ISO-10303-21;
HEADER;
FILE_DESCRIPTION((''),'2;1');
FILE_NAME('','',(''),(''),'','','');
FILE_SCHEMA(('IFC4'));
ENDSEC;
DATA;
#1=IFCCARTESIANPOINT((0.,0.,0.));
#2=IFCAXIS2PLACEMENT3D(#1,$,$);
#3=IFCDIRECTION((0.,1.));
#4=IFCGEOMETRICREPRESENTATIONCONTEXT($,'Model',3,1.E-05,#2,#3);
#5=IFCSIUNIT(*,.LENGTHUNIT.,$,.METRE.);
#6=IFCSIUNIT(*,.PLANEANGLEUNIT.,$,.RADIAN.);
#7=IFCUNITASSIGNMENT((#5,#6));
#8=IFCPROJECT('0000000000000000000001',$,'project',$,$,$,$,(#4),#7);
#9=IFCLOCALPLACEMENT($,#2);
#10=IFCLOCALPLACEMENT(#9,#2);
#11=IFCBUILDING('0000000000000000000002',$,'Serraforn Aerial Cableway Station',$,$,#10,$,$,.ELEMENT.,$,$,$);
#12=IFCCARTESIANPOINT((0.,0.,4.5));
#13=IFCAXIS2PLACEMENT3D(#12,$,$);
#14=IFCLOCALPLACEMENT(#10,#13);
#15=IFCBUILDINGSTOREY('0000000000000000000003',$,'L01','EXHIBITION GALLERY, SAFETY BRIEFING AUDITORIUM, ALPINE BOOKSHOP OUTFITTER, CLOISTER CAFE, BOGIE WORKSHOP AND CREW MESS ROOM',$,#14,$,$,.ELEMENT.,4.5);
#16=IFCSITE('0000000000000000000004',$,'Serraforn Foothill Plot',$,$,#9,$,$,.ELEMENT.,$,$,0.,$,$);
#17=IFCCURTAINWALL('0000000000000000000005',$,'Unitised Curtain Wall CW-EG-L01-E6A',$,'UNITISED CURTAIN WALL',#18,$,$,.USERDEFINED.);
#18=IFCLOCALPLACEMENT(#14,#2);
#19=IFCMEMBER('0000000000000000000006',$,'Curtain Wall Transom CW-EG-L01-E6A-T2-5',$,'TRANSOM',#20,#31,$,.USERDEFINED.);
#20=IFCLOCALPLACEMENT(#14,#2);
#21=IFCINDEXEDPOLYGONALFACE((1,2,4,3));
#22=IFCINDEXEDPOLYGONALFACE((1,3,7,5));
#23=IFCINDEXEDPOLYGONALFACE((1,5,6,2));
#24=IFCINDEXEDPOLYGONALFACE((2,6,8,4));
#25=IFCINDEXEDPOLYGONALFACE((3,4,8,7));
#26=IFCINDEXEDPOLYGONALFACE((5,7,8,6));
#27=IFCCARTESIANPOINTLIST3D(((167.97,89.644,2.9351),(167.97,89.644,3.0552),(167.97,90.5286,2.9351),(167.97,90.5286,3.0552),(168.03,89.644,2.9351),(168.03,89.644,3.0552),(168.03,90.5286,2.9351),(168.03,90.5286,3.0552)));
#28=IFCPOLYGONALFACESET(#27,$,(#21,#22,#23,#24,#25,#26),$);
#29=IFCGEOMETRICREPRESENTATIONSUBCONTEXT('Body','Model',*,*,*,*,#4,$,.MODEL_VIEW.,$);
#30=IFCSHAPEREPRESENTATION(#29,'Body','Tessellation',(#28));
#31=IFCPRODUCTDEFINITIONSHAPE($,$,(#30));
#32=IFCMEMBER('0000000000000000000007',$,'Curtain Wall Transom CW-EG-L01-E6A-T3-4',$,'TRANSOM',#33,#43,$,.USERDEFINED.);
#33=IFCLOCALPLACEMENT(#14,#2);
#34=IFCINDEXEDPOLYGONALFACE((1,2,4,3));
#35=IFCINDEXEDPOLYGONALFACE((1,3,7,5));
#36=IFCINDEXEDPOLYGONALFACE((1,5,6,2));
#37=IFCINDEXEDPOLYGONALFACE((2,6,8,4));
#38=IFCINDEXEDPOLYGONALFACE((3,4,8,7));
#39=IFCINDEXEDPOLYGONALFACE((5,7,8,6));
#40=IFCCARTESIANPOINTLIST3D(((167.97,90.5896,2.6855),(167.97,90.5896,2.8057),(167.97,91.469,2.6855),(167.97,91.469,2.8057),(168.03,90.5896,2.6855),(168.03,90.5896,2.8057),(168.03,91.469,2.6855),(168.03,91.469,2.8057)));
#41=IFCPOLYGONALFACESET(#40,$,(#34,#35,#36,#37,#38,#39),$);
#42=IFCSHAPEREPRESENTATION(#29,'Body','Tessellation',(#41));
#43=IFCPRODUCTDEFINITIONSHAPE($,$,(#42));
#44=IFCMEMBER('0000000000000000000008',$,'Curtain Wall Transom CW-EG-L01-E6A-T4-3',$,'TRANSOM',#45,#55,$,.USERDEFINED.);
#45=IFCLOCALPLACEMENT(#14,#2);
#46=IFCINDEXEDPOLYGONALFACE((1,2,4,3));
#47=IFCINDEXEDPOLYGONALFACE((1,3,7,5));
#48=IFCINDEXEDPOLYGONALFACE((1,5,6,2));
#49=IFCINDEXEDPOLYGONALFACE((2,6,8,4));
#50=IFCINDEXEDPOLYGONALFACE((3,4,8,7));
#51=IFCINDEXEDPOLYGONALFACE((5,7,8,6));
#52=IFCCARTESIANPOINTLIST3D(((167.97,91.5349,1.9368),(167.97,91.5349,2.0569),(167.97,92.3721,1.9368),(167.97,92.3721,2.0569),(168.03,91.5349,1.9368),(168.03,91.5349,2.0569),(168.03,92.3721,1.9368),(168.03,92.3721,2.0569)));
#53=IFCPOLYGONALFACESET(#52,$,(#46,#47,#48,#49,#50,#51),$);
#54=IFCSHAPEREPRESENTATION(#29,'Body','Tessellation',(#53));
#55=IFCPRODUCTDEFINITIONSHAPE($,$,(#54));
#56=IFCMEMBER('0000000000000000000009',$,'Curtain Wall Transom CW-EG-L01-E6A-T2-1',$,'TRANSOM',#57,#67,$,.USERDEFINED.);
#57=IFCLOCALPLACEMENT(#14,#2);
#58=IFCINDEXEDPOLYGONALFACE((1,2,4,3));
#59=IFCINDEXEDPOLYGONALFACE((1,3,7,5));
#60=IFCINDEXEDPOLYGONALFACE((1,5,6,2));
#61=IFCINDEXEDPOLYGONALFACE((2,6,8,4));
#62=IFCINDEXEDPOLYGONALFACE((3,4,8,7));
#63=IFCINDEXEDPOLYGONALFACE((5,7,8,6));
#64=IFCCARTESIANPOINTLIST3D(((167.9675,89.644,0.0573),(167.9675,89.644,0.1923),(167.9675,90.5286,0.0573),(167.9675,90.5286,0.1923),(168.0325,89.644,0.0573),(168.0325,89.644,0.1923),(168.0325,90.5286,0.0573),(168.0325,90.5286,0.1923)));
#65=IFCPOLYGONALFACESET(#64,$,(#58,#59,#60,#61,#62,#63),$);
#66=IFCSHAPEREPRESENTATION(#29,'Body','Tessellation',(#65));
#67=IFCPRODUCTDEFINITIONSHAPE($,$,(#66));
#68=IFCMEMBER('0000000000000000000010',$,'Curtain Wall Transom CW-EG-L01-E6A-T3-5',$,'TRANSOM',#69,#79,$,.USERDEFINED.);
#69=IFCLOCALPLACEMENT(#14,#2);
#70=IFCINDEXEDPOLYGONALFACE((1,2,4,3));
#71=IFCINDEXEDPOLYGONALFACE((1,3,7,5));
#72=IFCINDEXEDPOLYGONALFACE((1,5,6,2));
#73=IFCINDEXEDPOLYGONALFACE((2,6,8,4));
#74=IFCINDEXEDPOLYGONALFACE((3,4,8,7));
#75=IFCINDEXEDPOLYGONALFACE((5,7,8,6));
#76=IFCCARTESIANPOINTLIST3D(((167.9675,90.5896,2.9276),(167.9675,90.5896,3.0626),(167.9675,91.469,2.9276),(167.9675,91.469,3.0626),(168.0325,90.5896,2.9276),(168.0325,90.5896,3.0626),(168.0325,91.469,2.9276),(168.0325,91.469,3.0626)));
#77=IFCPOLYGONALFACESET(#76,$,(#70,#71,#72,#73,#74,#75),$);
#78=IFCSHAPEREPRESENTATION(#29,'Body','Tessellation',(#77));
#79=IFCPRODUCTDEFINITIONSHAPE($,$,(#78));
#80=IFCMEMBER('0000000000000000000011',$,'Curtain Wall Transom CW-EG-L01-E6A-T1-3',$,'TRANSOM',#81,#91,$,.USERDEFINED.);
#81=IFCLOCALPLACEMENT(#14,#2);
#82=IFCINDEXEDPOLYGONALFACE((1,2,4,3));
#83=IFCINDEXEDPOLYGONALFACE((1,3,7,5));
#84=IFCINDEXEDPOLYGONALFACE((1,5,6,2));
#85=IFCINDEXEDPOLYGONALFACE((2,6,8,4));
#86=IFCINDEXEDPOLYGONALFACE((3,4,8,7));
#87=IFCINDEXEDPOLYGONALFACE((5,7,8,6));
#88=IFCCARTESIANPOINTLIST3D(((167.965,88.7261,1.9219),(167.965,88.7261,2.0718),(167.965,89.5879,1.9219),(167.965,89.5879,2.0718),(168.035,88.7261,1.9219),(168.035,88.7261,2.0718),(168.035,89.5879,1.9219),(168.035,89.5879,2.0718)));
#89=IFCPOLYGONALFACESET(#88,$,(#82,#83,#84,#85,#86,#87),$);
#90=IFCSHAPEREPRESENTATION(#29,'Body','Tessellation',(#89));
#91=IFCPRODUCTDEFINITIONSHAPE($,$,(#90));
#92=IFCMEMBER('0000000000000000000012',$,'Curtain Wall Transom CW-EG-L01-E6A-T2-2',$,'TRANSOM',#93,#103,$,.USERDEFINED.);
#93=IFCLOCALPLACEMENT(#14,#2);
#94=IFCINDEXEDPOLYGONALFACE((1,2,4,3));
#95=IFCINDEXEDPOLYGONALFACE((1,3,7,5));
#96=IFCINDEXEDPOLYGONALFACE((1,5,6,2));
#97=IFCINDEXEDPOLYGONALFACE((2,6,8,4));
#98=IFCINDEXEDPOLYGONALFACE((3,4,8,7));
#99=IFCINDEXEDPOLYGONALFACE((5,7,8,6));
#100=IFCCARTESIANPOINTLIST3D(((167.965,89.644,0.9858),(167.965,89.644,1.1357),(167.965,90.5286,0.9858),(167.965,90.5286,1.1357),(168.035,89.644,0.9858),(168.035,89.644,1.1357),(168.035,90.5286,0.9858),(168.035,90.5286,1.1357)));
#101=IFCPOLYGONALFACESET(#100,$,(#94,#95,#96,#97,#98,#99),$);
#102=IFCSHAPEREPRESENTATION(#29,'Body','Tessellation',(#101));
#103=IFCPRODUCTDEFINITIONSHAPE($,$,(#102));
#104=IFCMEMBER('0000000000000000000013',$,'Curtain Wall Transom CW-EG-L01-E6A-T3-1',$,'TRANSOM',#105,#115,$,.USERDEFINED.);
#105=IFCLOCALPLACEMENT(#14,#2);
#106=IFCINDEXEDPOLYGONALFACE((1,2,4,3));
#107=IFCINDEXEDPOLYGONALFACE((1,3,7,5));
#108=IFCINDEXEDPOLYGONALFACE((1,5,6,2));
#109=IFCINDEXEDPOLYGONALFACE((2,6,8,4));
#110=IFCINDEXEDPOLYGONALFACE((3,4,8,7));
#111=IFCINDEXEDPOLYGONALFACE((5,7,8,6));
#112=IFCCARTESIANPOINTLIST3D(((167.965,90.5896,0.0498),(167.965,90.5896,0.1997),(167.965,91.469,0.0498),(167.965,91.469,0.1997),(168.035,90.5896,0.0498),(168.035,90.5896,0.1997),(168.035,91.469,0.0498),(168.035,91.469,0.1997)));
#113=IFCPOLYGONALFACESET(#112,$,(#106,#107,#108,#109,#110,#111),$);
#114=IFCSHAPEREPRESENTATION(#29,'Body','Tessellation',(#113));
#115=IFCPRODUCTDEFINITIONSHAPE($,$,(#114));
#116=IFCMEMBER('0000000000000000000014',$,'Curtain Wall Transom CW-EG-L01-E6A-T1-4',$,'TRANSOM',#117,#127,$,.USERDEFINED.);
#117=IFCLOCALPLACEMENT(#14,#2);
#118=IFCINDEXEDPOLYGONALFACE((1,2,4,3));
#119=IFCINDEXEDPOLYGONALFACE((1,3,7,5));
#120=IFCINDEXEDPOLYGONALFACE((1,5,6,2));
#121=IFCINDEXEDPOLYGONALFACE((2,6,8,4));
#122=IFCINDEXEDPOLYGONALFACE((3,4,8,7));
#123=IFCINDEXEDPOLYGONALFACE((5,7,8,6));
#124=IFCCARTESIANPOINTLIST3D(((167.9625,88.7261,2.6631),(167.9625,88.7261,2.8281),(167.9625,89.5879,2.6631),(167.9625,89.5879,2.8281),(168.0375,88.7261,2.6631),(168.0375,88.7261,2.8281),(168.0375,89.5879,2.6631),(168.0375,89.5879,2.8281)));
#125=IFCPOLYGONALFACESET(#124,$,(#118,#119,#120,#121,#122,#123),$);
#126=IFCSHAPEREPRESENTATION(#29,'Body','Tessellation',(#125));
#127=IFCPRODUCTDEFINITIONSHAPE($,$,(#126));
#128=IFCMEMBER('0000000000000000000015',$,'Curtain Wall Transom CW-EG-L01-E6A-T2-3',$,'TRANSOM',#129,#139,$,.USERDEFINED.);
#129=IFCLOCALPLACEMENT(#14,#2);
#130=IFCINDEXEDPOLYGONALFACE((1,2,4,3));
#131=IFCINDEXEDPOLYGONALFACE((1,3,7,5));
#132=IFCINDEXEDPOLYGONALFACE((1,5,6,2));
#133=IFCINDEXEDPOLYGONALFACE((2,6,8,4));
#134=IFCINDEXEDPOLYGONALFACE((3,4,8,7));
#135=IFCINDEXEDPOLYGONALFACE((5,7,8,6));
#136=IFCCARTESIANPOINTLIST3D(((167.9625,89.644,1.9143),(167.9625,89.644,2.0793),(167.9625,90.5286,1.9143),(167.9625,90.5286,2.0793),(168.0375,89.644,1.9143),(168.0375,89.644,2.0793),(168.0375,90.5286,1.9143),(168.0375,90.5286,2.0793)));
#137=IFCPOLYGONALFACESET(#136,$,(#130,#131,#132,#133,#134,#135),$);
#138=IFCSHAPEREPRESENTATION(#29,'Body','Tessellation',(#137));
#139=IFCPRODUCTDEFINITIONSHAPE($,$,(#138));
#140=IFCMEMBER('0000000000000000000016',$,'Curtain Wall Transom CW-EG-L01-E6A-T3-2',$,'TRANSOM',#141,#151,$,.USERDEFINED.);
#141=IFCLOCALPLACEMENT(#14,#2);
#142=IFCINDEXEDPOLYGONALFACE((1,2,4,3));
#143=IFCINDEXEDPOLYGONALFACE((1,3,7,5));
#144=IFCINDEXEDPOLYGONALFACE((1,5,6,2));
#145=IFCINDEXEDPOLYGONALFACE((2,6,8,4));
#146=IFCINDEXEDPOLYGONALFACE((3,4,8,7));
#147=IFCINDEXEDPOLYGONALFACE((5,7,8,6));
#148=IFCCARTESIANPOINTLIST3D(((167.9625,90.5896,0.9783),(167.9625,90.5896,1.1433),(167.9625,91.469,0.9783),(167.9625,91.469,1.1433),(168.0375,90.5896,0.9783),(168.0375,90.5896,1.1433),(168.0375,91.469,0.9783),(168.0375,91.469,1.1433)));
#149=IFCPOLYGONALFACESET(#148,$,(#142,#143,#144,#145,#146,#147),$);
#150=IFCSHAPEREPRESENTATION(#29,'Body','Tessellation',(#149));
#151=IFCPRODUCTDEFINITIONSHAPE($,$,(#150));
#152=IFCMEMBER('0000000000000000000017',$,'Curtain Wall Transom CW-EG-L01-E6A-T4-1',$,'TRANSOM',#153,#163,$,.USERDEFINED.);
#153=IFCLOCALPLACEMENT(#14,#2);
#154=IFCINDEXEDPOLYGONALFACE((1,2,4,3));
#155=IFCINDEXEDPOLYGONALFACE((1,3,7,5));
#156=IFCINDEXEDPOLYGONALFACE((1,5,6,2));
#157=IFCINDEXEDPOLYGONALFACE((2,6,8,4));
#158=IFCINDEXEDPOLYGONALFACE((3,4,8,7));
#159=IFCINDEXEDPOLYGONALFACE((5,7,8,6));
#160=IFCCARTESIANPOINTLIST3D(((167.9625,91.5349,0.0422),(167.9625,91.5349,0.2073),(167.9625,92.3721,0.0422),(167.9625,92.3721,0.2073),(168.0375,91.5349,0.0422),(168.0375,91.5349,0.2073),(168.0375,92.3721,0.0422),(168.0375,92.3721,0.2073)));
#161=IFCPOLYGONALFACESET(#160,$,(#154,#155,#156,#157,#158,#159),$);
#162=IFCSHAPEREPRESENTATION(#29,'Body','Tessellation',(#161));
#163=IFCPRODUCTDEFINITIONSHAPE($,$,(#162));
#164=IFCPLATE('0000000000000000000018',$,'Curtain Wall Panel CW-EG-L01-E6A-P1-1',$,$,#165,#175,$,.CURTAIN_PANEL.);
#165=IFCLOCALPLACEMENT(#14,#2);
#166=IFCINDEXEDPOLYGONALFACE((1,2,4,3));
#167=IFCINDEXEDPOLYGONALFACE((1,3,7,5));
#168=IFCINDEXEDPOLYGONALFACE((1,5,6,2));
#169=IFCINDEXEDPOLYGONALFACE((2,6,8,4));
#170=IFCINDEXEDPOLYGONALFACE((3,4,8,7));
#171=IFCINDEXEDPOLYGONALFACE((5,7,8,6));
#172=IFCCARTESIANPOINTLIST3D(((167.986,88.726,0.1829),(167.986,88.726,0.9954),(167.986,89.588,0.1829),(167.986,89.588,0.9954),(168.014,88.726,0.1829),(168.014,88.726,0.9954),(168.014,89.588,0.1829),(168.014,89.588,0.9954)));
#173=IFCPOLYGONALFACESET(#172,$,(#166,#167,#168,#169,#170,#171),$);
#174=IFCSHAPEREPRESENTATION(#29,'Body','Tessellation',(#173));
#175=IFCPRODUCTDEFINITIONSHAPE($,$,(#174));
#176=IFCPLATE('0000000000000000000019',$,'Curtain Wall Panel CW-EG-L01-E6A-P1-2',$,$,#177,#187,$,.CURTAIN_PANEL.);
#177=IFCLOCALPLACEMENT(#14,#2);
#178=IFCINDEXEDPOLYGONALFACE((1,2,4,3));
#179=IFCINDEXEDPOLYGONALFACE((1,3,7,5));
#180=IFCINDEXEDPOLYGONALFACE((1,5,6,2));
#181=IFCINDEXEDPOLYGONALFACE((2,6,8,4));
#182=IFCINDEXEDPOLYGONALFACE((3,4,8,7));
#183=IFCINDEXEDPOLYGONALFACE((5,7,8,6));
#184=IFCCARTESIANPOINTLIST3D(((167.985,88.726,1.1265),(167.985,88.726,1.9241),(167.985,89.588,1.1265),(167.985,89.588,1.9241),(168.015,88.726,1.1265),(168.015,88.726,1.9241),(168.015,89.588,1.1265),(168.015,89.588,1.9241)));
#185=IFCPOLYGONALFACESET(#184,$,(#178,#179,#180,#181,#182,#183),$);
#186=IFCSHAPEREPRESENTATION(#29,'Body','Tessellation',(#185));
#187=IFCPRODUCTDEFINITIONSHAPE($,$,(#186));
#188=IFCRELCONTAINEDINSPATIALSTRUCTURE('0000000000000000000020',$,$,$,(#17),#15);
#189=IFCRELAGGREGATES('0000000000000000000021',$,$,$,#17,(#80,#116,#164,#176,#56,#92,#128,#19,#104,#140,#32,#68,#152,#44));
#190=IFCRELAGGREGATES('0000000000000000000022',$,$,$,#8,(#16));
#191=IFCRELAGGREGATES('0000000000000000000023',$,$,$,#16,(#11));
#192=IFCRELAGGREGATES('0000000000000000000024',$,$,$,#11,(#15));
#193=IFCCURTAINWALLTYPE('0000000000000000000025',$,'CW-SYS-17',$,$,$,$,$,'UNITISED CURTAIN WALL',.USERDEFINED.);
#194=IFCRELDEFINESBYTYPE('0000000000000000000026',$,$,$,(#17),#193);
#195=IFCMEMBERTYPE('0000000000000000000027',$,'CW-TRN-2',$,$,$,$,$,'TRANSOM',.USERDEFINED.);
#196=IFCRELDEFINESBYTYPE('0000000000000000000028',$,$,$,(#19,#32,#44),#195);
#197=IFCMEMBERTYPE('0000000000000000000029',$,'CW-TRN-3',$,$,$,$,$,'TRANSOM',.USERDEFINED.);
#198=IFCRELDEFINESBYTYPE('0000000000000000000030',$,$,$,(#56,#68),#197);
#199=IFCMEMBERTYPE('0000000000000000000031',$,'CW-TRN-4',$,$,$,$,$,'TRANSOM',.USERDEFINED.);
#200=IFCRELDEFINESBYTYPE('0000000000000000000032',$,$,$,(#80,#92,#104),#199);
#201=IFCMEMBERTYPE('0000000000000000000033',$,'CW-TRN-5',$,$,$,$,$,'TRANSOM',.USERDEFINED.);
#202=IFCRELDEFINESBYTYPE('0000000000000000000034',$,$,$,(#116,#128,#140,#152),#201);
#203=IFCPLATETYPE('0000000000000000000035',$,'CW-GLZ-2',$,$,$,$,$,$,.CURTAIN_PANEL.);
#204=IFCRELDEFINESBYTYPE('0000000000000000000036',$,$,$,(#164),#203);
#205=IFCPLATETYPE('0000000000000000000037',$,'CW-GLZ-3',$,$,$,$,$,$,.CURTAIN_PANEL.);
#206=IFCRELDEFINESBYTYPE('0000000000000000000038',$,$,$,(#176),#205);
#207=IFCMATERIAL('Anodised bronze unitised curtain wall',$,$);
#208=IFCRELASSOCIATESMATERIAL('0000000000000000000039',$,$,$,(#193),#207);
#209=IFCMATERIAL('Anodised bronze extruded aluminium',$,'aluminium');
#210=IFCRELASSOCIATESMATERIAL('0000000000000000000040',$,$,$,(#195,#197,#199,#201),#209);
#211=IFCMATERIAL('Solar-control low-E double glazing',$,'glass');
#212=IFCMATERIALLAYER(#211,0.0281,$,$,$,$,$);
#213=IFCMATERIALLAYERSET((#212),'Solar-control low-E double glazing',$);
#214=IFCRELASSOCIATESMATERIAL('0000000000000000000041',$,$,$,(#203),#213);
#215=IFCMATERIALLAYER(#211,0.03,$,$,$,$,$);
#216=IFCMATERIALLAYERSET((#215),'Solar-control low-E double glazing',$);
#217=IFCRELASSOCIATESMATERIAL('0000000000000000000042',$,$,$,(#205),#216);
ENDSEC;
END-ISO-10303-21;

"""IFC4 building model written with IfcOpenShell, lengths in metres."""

from ifc_helpers import new_model, si_unit, direction, frame, origin, origin_2d, place, context, subcontext, project, spatial, rectangle, extrude, material, layer, layer_set, material_profile, profile_set, type_object, element, aggregate, save


model = new_model("IFC4")

# Units and contexts
model_context = context("Model", 3, precision=1e-05, world=origin(), true_north=direction((0.0, 1.0)))
body_context = subcontext(model_context, "Body", "Model", "MODEL_VIEW")
ifc_project = project(units=[si_unit("LENGTHUNIT", "METRE"), si_unit("PLANEANGLEUNIT", "RADIAN")], contexts=[model_context])

# Site, building, storey
site_placement = place(None, origin())
site = spatial("IfcSite", under=ifc_project, at=site_placement, Name="Serraforn Foothill Plot", CompositionType="ELEMENT", RefElevation=0.0)
building_placement = place(site_placement, origin())
building = spatial("IfcBuilding", under=site, at=building_placement, Name="Serraforn Aerial Cableway Station", CompositionType="ELEMENT")
storey_placement = place(building_placement, frame((0.0, 0.0, 4.5)))
storey = spatial("IfcBuildingStorey", under=building, at=storey_placement, Name="L01", Description="EXHIBITION GALLERY, SAFETY BRIEFING AUDITORIUM, ALPINE BOOKSHOP OUTFITTER, CLOISTER CAFE, BOGIE WORKSHOP AND CREW MESS ROOM", CompositionType="ELEMENT", Elevation=4.5)

# Curtain wall, members, plates
ifc_material_1 = material(Name="Anodised bronze unitised curtain wall")
curtain_wall_type = type_object("IfcCurtainWallType", Name="CW-SYS-17", ElementType="UNITISED CURTAIN WALL", PredefinedType="USERDEFINED", material=ifc_material_1)
curtain_wall_placement = place(storey_placement, origin())
curtain_wall = element("IfcCurtainWall", 1, at=curtain_wall_placement, inside=storey, type_object=curtain_wall_type, Name="Unitised Curtain Wall CW-EG-L01-E6A", ObjectType="UNITISED CURTAIN WALL", PredefinedType="USERDEFINED")
ifc_material_2 = material(Name="Anodised bronze extruded aluminium", Category="aluminium")
ifc_material_profile_1 = material_profile(ifc_material_2, rectangle(XDim=0.0601, YDim=0.1201, at=origin_2d()), Name="CW TRANSOM 60x120")
ifc_profile_set_1 = profile_set([ifc_material_profile_1], Name="Anodised bronze extruded aluminium")
member_type_1 = type_object("IfcMemberType", Name="CW-TRN-2", ElementType="TRANSOM", PredefinedType="USERDEFINED", material=ifc_profile_set_1)
member_1_placement = place(storey_placement, frame((168.0, 89.644, 2.9951), z_axis=(0.0, 1.0, 0.0), x_axis=(-1.0, 0.0, 0.0)))
member_1 = element("IfcMember", 2, at=member_1_placement, type_object=member_type_1, Name="Curtain Wall Transom CW-EG-L01-E6A-T2-5", ObjectType="TRANSOM", PredefinedType="USERDEFINED", context=body_context, shape_type="SweptSolid", body=[
    extrude(rectangle(XDim=0.0601, YDim=0.1201, at=origin_2d()), origin(), (0.0, 0.0, 1.0), 0.8845),
])
member_2_placement = place(storey_placement, frame((168.0, 90.5896, 2.7456), z_axis=(0.0, 1.0, 0.0), x_axis=(-1.0, 0.0, 0.0)))
member_2 = element("IfcMember", 3, at=member_2_placement, type_object=member_type_1, Name="Curtain Wall Transom CW-EG-L01-E6A-T3-4", ObjectType="TRANSOM", PredefinedType="USERDEFINED", context=body_context, shape_type="SweptSolid", body=[
    extrude(rectangle(XDim=0.0601, YDim=0.1201, at=origin_2d()), origin(), (0.0, 0.0, 1.0), 0.8794),
])
member_3_placement = place(storey_placement, frame((168.0, 91.5349, 1.9968), z_axis=(0.0, 1.0, 0.0), x_axis=(-1.0, 0.0, 0.0)))
member_3 = element("IfcMember", 4, at=member_3_placement, type_object=member_type_1, Name="Curtain Wall Transom CW-EG-L01-E6A-T4-3", ObjectType="TRANSOM", PredefinedType="USERDEFINED", context=body_context, shape_type="SweptSolid", body=[
    extrude(rectangle(XDim=0.0601, YDim=0.1201, at=origin_2d()), origin(), (0.0, 0.0, 1.0), 0.8372),
])
ifc_material_profile_2 = material_profile(ifc_material_2, rectangle(XDim=0.0649, YDim=0.135, at=origin_2d()), Name="CW TRANSOM 65x135")
ifc_profile_set_2 = profile_set([ifc_material_profile_2], Name="Anodised bronze extruded aluminium")
member_type_2 = type_object("IfcMemberType", Name="CW-TRN-3", ElementType="TRANSOM", PredefinedType="USERDEFINED", material=ifc_profile_set_2)
member_4_placement = place(storey_placement, frame((168.0, 89.644, 0.1248), z_axis=(0.0, 1.0, 0.0), x_axis=(-1.0, 0.0, 0.0)))
member_4 = element("IfcMember", 5, at=member_4_placement, type_object=member_type_2, Name="Curtain Wall Transom CW-EG-L01-E6A-T2-1", ObjectType="TRANSOM", PredefinedType="USERDEFINED", context=body_context, shape_type="SweptSolid", body=[
    extrude(rectangle(XDim=0.0649, YDim=0.135, at=origin_2d()), origin(), (0.0, 0.0, 1.0), 0.8845),
])
member_5_placement = place(storey_placement, frame((168.0, 90.5896, 2.9951), z_axis=(0.0, 1.0, 0.0), x_axis=(-1.0, 0.0, 0.0)))
member_5 = element("IfcMember", 6, at=member_5_placement, type_object=member_type_2, Name="Curtain Wall Transom CW-EG-L01-E6A-T3-5", ObjectType="TRANSOM", PredefinedType="USERDEFINED", context=body_context, shape_type="SweptSolid", body=[
    extrude(rectangle(XDim=0.0649, YDim=0.135, at=origin_2d()), origin(), (0.0, 0.0, 1.0), 0.8794),
])
ifc_material_profile_3 = material_profile(ifc_material_2, rectangle(XDim=0.0701, YDim=0.1499, at=origin_2d()), Name="CW TRANSOM 70x150")
ifc_profile_set_3 = profile_set([ifc_material_profile_3], Name="Anodised bronze extruded aluminium")
member_type_3 = type_object("IfcMemberType", Name="CW-TRN-4", ElementType="TRANSOM", PredefinedType="USERDEFINED", material=ifc_profile_set_3)
member_6_placement = place(storey_placement, frame((168.0, 88.7261, 1.9968), z_axis=(0.0, 1.0, 0.0), x_axis=(-1.0, 0.0, 0.0)))
member_6 = element("IfcMember", 7, at=member_6_placement, type_object=member_type_3, Name="Curtain Wall Transom CW-EG-L01-E6A-T1-3", ObjectType="TRANSOM", PredefinedType="USERDEFINED", context=body_context, shape_type="SweptSolid", body=[
    extrude(rectangle(XDim=0.0701, YDim=0.1499, at=origin_2d()), origin(), (0.0, 0.0, 1.0), 0.8618),
])
member_7_placement = place(storey_placement, frame((168.0, 89.644, 1.0608), z_axis=(0.0, 1.0, 0.0), x_axis=(-1.0, 0.0, 0.0)))
member_7 = element("IfcMember", 8, at=member_7_placement, type_object=member_type_3, Name="Curtain Wall Transom CW-EG-L01-E6A-T2-2", ObjectType="TRANSOM", PredefinedType="USERDEFINED", context=body_context, shape_type="SweptSolid", body=[
    extrude(rectangle(XDim=0.0701, YDim=0.1499, at=origin_2d()), origin(), (0.0, 0.0, 1.0), 0.8845),
])
member_8_placement = place(storey_placement, frame((168.0, 90.5896, 0.1248), z_axis=(0.0, 1.0, 0.0), x_axis=(-1.0, 0.0, 0.0)))
member_8 = element("IfcMember", 9, at=member_8_placement, type_object=member_type_3, Name="Curtain Wall Transom CW-EG-L01-E6A-T3-1", ObjectType="TRANSOM", PredefinedType="USERDEFINED", context=body_context, shape_type="SweptSolid", body=[
    extrude(rectangle(XDim=0.0701, YDim=0.1499, at=origin_2d()), origin(), (0.0, 0.0, 1.0), 0.8794),
])
ifc_material_profile_4 = material_profile(ifc_material_2, rectangle(XDim=0.075, YDim=0.165, at=origin_2d()), Name="CW TRANSOM 75x165")
ifc_profile_set_4 = profile_set([ifc_material_profile_4], Name="Anodised bronze extruded aluminium")
member_type_4 = type_object("IfcMemberType", Name="CW-TRN-5", ElementType="TRANSOM", PredefinedType="USERDEFINED", material=ifc_profile_set_4)
member_9_placement = place(storey_placement, frame((168.0, 88.7261, 2.7456), z_axis=(0.0, 1.0, 0.0), x_axis=(-1.0, 0.0, 0.0)))
member_9 = element("IfcMember", 10, at=member_9_placement, type_object=member_type_4, Name="Curtain Wall Transom CW-EG-L01-E6A-T1-4", ObjectType="TRANSOM", PredefinedType="USERDEFINED", context=body_context, shape_type="SweptSolid", body=[
    extrude(rectangle(XDim=0.075, YDim=0.165, at=origin_2d()), origin(), (0.0, 0.0, 1.0), 0.8618),
])
member_10_placement = place(storey_placement, frame((168.0, 89.644, 1.9968), z_axis=(0.0, 1.0, 0.0), x_axis=(-1.0, 0.0, 0.0)))
member_10 = element("IfcMember", 11, at=member_10_placement, type_object=member_type_4, Name="Curtain Wall Transom CW-EG-L01-E6A-T2-3", ObjectType="TRANSOM", PredefinedType="USERDEFINED", context=body_context, shape_type="SweptSolid", body=[
    extrude(rectangle(XDim=0.075, YDim=0.165, at=origin_2d()), origin(), (0.0, 0.0, 1.0), 0.8845),
])
member_11_placement = place(storey_placement, frame((168.0, 90.5896, 1.0608), z_axis=(0.0, 1.0, 0.0), x_axis=(-1.0, 0.0, 0.0)))
member_11 = element("IfcMember", 12, at=member_11_placement, type_object=member_type_4, Name="Curtain Wall Transom CW-EG-L01-E6A-T3-2", ObjectType="TRANSOM", PredefinedType="USERDEFINED", context=body_context, shape_type="SweptSolid", body=[
    extrude(rectangle(XDim=0.075, YDim=0.165, at=origin_2d()), origin(), (0.0, 0.0, 1.0), 0.8794),
])
member_12_placement = place(storey_placement, frame((168.0, 91.5349, 0.1248), z_axis=(0.0, 1.0, 0.0), x_axis=(-1.0, 0.0, 0.0)))
member_12 = element("IfcMember", 13, at=member_12_placement, type_object=member_type_4, Name="Curtain Wall Transom CW-EG-L01-E6A-T4-1", ObjectType="TRANSOM", PredefinedType="USERDEFINED", context=body_context, shape_type="SweptSolid", body=[
    extrude(rectangle(XDim=0.075, YDim=0.165, at=origin_2d()), origin(), (0.0, 0.0, 1.0), 0.8372),
])
ifc_material_3 = material(Name="Solar-control low-E double glazing", Category="glass")
ifc_layer_1 = layer(ifc_material_3, 0.0281)
ifc_layer_set_1 = layer_set([ifc_layer_1], Name="Solar-control low-E double glazing")
plate_type_1 = type_object("IfcPlateType", Name="CW-GLZ-2", PredefinedType="CURTAIN_PANEL", material=ifc_layer_set_1)
plate_1_placement = place(storey_placement, frame((168.0, 89.157, 0.1829), z_axis=(0.0, 0.0, 1.0), x_axis=(1.0, 0.0, 0.0)))
plate_1 = element("IfcPlate", 14, at=plate_1_placement, type_object=plate_type_1, Name="Curtain Wall Panel CW-EG-L01-E6A-P1-1", PredefinedType="CURTAIN_PANEL", context=body_context, shape_type="SweptSolid", body=[
    extrude(rectangle(XDim=0.0281, YDim=0.8621, at=origin_2d()), origin(), (0.0, 0.0, 1.0), 0.8125),
])
ifc_layer_2 = layer(ifc_material_3, 0.03)
ifc_layer_set_2 = layer_set([ifc_layer_2], Name="Solar-control low-E double glazing")
plate_type_2 = type_object("IfcPlateType", Name="CW-GLZ-3", PredefinedType="CURTAIN_PANEL", material=ifc_layer_set_2)
plate_2_placement = place(storey_placement, frame((168.0, 89.157, 1.1265), z_axis=(0.0, 0.0, 1.0), x_axis=(1.0, 0.0, 0.0)))
plate_2 = element("IfcPlate", 15, at=plate_2_placement, type_object=plate_type_2, Name="Curtain Wall Panel CW-EG-L01-E6A-P1-2", PredefinedType="CURTAIN_PANEL", context=body_context, shape_type="SweptSolid", body=[
    extrude(rectangle(XDim=0.03, YDim=0.8621, at=origin_2d()), origin(), (0.0, 0.0, 1.0), 0.7976),
])
aggregate(curtain_wall, [member_6, member_9, plate_1, plate_2, member_4, member_7, member_10, member_1, member_8, member_11, member_2, member_5, member_12, member_3])

save(model, "model.ifc")
